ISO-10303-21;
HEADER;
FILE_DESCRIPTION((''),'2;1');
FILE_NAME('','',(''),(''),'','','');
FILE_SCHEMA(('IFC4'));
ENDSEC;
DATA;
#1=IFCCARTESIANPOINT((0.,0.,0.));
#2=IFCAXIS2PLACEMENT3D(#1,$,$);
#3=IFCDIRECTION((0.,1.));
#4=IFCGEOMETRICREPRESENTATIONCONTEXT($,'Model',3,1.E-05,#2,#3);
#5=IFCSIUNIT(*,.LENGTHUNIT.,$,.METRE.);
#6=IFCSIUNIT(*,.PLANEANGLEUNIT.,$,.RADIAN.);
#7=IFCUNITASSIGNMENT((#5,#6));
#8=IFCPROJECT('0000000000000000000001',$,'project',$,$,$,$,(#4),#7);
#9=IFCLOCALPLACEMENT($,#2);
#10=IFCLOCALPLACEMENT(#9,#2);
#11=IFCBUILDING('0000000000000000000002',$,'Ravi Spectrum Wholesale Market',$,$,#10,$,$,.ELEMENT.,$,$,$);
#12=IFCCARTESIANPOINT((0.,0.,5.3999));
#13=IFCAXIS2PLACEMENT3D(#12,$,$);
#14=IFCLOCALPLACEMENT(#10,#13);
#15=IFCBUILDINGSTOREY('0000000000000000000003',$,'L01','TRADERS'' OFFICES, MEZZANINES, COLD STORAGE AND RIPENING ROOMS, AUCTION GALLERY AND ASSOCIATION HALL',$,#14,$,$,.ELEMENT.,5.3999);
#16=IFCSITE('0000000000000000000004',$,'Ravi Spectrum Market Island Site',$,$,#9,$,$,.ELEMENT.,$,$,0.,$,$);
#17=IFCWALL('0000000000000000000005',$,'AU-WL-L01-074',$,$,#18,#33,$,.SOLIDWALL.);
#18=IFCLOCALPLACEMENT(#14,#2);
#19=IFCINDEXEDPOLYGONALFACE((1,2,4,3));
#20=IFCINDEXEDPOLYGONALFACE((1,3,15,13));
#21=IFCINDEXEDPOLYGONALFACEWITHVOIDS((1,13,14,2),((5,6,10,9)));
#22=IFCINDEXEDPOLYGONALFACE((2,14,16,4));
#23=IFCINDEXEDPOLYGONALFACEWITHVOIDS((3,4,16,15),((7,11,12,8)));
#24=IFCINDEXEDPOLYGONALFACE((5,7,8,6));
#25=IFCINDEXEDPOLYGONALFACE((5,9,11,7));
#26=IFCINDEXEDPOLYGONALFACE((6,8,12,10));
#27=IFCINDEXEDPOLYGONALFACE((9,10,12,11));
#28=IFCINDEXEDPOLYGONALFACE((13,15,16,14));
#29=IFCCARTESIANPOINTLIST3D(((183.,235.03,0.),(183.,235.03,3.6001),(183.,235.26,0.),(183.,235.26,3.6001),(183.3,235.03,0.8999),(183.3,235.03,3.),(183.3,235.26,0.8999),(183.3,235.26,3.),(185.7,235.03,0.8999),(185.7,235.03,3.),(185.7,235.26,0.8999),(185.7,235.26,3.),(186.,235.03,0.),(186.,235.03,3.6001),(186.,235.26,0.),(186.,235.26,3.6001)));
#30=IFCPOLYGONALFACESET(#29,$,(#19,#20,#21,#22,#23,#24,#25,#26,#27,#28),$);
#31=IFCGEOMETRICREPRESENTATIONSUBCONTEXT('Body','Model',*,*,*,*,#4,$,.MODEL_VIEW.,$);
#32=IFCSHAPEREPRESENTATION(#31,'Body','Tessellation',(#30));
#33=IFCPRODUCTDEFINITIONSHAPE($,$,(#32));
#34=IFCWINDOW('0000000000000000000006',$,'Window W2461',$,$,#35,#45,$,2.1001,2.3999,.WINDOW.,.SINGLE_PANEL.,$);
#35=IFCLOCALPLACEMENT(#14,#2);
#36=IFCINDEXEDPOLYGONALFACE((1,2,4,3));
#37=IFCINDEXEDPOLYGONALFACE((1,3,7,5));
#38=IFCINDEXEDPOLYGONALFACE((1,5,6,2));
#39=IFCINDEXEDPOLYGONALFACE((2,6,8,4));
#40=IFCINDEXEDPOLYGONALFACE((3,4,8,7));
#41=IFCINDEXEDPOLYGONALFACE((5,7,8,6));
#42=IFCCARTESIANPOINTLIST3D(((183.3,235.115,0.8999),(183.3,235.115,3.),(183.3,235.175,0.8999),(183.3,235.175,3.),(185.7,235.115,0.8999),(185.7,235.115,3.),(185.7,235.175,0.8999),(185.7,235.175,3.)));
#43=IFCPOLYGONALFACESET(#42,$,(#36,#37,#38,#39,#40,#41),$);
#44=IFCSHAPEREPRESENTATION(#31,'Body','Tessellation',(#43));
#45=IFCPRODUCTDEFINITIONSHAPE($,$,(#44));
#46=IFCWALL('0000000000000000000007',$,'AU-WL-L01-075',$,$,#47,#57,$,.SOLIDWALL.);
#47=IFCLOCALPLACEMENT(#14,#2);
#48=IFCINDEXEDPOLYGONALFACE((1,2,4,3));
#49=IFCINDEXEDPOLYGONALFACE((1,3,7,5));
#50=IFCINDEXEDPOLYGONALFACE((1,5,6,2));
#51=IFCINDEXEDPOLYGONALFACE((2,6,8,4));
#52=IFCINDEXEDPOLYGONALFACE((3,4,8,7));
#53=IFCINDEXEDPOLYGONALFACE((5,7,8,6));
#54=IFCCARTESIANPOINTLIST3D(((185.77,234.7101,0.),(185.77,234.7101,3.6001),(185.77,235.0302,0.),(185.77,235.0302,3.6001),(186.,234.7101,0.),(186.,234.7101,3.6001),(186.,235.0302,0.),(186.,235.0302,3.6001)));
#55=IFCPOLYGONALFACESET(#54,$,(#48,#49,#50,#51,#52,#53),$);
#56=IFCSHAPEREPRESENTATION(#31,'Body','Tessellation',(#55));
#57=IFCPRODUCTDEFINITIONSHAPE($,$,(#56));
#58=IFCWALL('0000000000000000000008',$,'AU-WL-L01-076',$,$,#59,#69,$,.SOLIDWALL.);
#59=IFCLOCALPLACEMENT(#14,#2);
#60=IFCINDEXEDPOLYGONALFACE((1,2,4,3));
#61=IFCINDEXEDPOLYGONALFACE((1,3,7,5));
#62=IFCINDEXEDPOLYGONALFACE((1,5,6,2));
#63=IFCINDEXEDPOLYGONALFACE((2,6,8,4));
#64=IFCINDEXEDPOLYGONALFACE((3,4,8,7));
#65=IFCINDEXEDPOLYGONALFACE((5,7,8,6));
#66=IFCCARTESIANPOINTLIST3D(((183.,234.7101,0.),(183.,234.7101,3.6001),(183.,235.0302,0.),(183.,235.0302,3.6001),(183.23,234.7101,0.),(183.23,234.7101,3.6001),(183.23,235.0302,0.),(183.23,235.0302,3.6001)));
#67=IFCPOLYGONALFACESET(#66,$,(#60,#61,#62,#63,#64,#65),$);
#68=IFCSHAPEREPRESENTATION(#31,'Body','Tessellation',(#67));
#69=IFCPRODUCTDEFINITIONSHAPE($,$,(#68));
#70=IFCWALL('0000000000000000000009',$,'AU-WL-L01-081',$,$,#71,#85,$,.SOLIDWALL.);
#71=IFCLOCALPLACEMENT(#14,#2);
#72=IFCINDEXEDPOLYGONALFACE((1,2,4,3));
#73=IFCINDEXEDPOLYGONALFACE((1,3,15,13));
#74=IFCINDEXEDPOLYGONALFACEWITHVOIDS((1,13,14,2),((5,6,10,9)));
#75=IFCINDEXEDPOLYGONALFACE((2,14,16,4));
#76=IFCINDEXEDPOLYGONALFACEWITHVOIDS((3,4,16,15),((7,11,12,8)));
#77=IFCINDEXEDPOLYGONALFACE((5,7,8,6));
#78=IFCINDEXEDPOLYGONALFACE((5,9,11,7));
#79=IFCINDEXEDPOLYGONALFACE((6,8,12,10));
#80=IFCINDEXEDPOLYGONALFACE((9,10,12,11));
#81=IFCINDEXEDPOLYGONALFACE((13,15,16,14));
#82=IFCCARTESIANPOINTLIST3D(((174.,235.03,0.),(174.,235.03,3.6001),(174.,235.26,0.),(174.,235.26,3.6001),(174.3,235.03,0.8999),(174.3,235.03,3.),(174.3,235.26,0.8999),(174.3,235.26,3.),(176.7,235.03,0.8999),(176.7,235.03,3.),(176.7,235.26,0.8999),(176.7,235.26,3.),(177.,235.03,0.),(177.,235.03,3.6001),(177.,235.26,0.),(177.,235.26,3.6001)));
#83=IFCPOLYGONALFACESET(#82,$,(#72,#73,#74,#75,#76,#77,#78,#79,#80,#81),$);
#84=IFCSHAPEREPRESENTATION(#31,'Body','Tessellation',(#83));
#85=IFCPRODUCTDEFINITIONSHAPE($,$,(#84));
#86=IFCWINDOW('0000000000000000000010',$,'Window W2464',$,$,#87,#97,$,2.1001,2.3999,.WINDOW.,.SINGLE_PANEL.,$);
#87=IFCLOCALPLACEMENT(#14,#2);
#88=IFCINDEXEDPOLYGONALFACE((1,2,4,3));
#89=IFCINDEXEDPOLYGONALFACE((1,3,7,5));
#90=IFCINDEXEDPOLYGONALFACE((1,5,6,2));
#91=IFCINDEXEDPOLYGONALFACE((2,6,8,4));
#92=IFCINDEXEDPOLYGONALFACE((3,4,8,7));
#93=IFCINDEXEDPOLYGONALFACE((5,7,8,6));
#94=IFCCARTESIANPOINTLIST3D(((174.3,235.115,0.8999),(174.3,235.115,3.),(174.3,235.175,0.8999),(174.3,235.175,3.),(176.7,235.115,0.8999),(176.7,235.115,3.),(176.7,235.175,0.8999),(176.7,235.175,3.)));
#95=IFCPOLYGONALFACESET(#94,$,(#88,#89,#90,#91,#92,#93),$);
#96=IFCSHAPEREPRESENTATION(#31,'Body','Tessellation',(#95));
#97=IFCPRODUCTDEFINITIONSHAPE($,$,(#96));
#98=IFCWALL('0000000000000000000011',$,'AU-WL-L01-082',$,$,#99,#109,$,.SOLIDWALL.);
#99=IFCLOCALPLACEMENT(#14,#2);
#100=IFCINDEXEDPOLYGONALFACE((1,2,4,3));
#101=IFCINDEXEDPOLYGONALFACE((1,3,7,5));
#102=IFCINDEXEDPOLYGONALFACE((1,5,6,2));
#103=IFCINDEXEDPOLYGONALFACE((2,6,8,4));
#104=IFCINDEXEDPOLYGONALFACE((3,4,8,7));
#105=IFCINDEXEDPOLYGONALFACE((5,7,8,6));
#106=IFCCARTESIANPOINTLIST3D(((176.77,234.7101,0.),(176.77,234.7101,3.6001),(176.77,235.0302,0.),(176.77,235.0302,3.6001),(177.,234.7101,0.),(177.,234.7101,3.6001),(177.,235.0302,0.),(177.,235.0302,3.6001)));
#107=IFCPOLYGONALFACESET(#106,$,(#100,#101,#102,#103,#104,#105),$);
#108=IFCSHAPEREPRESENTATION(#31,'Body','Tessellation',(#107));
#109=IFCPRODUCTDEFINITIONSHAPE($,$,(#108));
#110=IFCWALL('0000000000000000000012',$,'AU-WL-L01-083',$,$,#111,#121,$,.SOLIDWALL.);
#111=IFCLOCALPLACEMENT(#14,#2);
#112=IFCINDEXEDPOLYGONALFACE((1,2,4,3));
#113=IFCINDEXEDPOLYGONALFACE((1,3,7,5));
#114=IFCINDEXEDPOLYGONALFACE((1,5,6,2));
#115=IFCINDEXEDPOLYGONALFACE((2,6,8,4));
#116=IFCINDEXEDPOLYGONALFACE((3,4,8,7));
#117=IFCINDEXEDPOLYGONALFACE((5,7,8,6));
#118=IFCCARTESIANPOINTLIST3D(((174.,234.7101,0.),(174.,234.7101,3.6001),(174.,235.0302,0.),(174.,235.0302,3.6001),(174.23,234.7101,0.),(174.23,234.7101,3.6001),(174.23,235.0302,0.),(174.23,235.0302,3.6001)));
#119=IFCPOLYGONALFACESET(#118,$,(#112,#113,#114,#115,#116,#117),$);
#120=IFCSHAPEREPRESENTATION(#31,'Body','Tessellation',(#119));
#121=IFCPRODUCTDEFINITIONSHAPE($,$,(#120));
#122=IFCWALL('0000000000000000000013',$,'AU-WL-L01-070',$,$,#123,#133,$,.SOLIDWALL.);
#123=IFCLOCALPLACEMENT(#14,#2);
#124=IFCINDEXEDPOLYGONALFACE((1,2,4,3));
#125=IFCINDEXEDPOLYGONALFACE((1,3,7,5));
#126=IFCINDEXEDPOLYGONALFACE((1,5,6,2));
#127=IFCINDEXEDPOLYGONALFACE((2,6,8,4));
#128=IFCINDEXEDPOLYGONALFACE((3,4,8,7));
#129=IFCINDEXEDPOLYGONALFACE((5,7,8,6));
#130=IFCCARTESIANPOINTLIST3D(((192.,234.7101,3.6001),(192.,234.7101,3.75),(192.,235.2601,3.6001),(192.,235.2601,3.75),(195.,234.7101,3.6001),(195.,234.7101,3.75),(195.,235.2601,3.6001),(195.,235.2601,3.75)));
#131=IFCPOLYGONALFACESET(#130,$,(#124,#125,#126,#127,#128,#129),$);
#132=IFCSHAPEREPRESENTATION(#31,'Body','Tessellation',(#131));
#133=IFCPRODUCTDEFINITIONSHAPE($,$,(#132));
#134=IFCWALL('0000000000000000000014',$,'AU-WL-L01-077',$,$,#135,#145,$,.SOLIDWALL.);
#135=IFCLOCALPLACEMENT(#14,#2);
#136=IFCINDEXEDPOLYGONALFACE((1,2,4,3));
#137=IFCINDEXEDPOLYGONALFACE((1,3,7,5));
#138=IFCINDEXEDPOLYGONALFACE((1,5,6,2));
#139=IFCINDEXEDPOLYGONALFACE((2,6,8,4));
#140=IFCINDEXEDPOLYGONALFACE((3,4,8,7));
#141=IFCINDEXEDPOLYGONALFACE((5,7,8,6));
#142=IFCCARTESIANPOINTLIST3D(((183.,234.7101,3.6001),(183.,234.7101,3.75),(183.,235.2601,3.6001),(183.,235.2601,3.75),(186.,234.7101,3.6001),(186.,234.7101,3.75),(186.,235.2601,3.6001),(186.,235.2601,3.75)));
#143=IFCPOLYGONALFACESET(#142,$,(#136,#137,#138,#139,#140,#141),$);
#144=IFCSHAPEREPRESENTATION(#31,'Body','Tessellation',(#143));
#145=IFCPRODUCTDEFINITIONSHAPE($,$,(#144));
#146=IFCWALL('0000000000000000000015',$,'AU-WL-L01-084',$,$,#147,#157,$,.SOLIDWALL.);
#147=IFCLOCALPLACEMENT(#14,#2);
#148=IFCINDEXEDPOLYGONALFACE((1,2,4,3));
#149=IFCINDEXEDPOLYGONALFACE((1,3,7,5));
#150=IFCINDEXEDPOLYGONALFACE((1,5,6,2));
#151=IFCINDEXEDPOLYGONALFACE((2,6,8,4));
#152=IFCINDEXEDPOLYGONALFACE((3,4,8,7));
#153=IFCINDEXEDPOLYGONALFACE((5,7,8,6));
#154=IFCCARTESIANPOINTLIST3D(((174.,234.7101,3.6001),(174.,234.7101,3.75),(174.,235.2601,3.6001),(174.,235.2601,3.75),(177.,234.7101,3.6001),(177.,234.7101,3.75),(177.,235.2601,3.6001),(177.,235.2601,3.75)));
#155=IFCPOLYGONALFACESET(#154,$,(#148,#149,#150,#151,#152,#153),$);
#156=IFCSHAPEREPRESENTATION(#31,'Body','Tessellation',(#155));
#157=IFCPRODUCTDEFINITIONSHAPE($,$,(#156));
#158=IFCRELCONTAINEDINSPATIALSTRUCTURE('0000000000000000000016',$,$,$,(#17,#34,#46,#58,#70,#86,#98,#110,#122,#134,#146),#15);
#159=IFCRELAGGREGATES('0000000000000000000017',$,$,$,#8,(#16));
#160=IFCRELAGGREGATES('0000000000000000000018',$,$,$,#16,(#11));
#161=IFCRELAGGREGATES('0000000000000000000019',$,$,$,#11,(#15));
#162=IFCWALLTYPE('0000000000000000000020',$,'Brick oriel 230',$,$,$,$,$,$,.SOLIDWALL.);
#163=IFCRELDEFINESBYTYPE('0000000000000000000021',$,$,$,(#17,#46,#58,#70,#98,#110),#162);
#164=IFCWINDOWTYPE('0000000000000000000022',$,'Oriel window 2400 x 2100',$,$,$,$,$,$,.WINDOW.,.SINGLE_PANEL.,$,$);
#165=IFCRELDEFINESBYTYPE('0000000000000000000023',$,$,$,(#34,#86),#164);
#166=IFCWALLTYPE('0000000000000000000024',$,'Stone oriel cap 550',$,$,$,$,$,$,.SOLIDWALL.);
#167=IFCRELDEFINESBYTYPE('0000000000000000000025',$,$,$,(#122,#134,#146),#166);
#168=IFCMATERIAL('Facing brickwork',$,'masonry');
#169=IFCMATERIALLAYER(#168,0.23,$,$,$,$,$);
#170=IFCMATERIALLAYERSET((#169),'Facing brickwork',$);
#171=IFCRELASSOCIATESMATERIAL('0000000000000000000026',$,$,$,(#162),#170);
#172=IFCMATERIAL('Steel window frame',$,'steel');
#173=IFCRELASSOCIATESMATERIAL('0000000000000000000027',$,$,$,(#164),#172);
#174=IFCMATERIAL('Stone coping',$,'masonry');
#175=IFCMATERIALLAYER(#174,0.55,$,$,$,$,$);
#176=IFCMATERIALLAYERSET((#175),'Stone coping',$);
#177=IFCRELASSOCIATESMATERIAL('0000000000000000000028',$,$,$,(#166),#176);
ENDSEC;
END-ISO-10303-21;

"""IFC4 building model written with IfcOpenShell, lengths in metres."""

from ifc_helpers import new_model, si_unit, direction, frame, frame_2d, origin, place, context, subcontext, project, spatial, rectangle, extrude, material, layer, layer_set, type_object, element, fill, save


model = new_model("IFC4")

# Units and contexts
model_context = context("Model", 3, precision=1e-05, world=origin(), true_north=direction((0.0, 1.0)))
body_context = subcontext(model_context, "Body", "Model", "MODEL_VIEW")
ifc_project = project(units=[si_unit("LENGTHUNIT", "METRE"), si_unit("PLANEANGLEUNIT", "RADIAN")], contexts=[model_context])

# Site, building, storey
site_placement = place(None, origin())
site = spatial("IfcSite", under=ifc_project, at=site_placement, Name="Ravi Spectrum Market Island Site", CompositionType="ELEMENT", RefElevation=0.0)
building_placement = place(site_placement, origin())
building = spatial("IfcBuilding", under=site, at=building_placement, Name="Ravi Spectrum Wholesale Market", CompositionType="ELEMENT")
storey_placement = place(building_placement, frame((0.0, 0.0, 5.3999)))
storey = spatial("IfcBuildingStorey", under=building, at=storey_placement, Name="L01", Description="TRADERS' OFFICES, MEZZANINES, COLD STORAGE AND RIPENING ROOMS, AUCTION GALLERY AND ASSOCIATION HALL", CompositionType="ELEMENT", Elevation=5.3999)

# Shared definitions
ifc_material_1 = material(Name="Facing brickwork", Category="masonry")
ifc_layer_1 = layer(ifc_material_1, 0.23)
ifc_layer_set_1 = layer_set([ifc_layer_1], Name="Facing brickwork")
wall_type_1 = type_object("IfcWallType", Name="Brick oriel 230", PredefinedType="SOLIDWALL", material=ifc_layer_set_1)
ifc_material_2 = material(Name="Steel window frame", Category="steel")
window_type = type_object("IfcWindowType", Name="Oriel window 2400 x 2100", PartitioningType="SINGLE_PANEL", PredefinedType="WINDOW", material=ifc_material_2)

# Wall, opening, window
wall_1_placement = place(storey_placement, frame((186.0, 235.145, 0.0), z_axis=(0.0, 0.0, 1.0), x_axis=(-1.0, 0.0, 0.0)))
wall_1 = element("IfcWall", 1, at=wall_1_placement, inside=storey, type_object=wall_type_1, Name="AU-WL-L01-074", PredefinedType="SOLIDWALL", context=body_context, shape_type="SweptSolid", body=[
    extrude(rectangle(XDim=3.0, YDim=0.23, at=frame_2d((1.5, 0.0))), origin(), (0.0, 0.0, 1.0), 3.6001),
])
opening_1_placement = place(wall_1_placement, frame((0.3, 0.0, 0.8999)))
opening_1 = element("IfcOpeningElement", 2, at=opening_1_placement, cuts=wall_1, PredefinedType="OPENING", context=body_context, shape_type="SweptSolid", body=[
    extrude(rectangle(XDim=2.3999, YDim=2.1001, at=frame_2d((1.2, 1.05))), frame((0.0, 0.125, 0.0), z_axis=(0.0, -1.0, 0.0), x_axis=(1.0, 0.0, 0.0)), (0.0, 0.0, 1.0), 0.25),
])
window_1_placement = place(opening_1_placement, origin())
window_1 = element("IfcWindow", 3, at=window_1_placement, inside=storey, type_object=window_type, Name="Window W2461", OverallHeight=2.1001, OverallWidth=2.3999, PartitioningType="SINGLE_PANEL", PredefinedType="WINDOW", context=body_context, shape_type="SweptSolid", body=[
    extrude(rectangle(XDim=2.3999, YDim=2.1001, at=frame_2d((1.2, 1.05))), frame((0.0, 0.03, 0.0), z_axis=(0.0, -1.0, 0.0), x_axis=(1.0, 0.0, 0.0)), (0.0, 0.0, 1.0), 0.0601),
])
fill(opening_1, window_1)

# Walls
for number, where, z_axis, x_axis, name in (
    (4, (185.885, 234.71, 0.0), (0.0, 0.0, 1.0), (0.0, 1.0, 0.0), "AU-WL-L01-075"),
    (5, (183.115, 234.71, 0.0), (0.0, 0.0, 1.0), (0.0, 1.0, 0.0), "AU-WL-L01-076"),
):
    element("IfcWall", number, at=place(storey_placement, frame(where, z_axis=z_axis, x_axis=x_axis)), inside=storey, type_object=wall_type_1, Name=name, PredefinedType="SOLIDWALL", context=body_context, shape_type="SweptSolid", body=[
        extrude(rectangle(XDim=0.3201, YDim=0.23, at=frame_2d((0.1602, 0.0))), origin(), (0.0, 0.0, 1.0), 3.6001),
    ])

# Wall, opening, window
wall_2_placement = place(storey_placement, frame((177.0, 235.145, 0.0), z_axis=(0.0, 0.0, 1.0), x_axis=(-1.0, 0.0, 0.0)))
wall_2 = element("IfcWall", 6, at=wall_2_placement, inside=storey, type_object=wall_type_1, Name="AU-WL-L01-081", PredefinedType="SOLIDWALL", context=body_context, shape_type="SweptSolid", body=[
    extrude(rectangle(XDim=3.0, YDim=0.23, at=frame_2d((1.5, 0.0))), origin(), (0.0, 0.0, 1.0), 3.6001),
])
opening_2_placement = place(wall_2_placement, frame((0.3, 0.0, 0.8999)))
opening_2 = element("IfcOpeningElement", 7, at=opening_2_placement, cuts=wall_2, PredefinedType="OPENING", context=body_context, shape_type="SweptSolid", body=[
    extrude(rectangle(XDim=2.3999, YDim=2.1001, at=frame_2d((1.2, 1.05))), frame((0.0, 0.125, 0.0), z_axis=(0.0, -1.0, 0.0), x_axis=(1.0, 0.0, 0.0)), (0.0, 0.0, 1.0), 0.25),
])
window_2_placement = place(opening_2_placement, origin())
window_2 = element("IfcWindow", 8, at=window_2_placement, inside=storey, type_object=window_type, Name="Window W2464", OverallHeight=2.1001, OverallWidth=2.3999, PartitioningType="SINGLE_PANEL", PredefinedType="WINDOW", context=body_context, shape_type="SweptSolid", body=[
    extrude(rectangle(XDim=2.3999, YDim=2.1001, at=frame_2d((1.2, 1.05))), frame((0.0, 0.03, 0.0), z_axis=(0.0, -1.0, 0.0), x_axis=(1.0, 0.0, 0.0)), (0.0, 0.0, 1.0), 0.0601),
])
fill(opening_2, window_2)

# Walls
for number, where, z_axis, x_axis, name in (
    (9, (176.885, 234.71, 0.0), (0.0, 0.0, 1.0), (0.0, 1.0, 0.0), "AU-WL-L01-082"),
    (10, (174.115, 234.71, 0.0), (0.0, 0.0, 1.0), (0.0, 1.0, 0.0), "AU-WL-L01-083"),
):
    element("IfcWall", number, at=place(storey_placement, frame(where, z_axis=z_axis, x_axis=x_axis)), inside=storey, type_object=wall_type_1, Name=name, PredefinedType="SOLIDWALL", context=body_context, shape_type="SweptSolid", body=[
        extrude(rectangle(XDim=0.3201, YDim=0.23, at=frame_2d((0.1602, 0.0))), origin(), (0.0, 0.0, 1.0), 3.6001),
    ])
ifc_material_3 = material(Name="Stone coping", Category="masonry")
ifc_layer_2 = layer(ifc_material_3, 0.55)
ifc_layer_set_2 = layer_set([ifc_layer_2], Name="Stone coping")
wall_type_2 = type_object("IfcWallType", Name="Stone oriel cap 550", PredefinedType="SOLIDWALL", material=ifc_layer_set_2)
for number, where, z_axis, x_axis, name in (
    (11, (195.0, 234.9851, 3.6001), (0.0, 0.0, 1.0), (-1.0, 0.0, 0.0), "AU-WL-L01-070"),
    (12, (186.0, 234.9851, 3.6001), (0.0, 0.0, 1.0), (-1.0, 0.0, 0.0), "AU-WL-L01-077"),
    (13, (177.0, 234.9851, 3.6001), (0.0, 0.0, 1.0), (-1.0, 0.0, 0.0), "AU-WL-L01-084"),
):
    element("IfcWall", number, at=place(storey_placement, frame(where, z_axis=z_axis, x_axis=x_axis)), inside=storey, type_object=wall_type_2, Name=name, PredefinedType="SOLIDWALL", context=body_context, shape_type="SweptSolid", body=[
        extrude(rectangle(XDim=3.0, YDim=0.55, at=frame_2d((1.5, 0.0))), origin(), (0.0, 0.0, 1.0), 0.1499),
    ])

save(model, "model.ifc")
